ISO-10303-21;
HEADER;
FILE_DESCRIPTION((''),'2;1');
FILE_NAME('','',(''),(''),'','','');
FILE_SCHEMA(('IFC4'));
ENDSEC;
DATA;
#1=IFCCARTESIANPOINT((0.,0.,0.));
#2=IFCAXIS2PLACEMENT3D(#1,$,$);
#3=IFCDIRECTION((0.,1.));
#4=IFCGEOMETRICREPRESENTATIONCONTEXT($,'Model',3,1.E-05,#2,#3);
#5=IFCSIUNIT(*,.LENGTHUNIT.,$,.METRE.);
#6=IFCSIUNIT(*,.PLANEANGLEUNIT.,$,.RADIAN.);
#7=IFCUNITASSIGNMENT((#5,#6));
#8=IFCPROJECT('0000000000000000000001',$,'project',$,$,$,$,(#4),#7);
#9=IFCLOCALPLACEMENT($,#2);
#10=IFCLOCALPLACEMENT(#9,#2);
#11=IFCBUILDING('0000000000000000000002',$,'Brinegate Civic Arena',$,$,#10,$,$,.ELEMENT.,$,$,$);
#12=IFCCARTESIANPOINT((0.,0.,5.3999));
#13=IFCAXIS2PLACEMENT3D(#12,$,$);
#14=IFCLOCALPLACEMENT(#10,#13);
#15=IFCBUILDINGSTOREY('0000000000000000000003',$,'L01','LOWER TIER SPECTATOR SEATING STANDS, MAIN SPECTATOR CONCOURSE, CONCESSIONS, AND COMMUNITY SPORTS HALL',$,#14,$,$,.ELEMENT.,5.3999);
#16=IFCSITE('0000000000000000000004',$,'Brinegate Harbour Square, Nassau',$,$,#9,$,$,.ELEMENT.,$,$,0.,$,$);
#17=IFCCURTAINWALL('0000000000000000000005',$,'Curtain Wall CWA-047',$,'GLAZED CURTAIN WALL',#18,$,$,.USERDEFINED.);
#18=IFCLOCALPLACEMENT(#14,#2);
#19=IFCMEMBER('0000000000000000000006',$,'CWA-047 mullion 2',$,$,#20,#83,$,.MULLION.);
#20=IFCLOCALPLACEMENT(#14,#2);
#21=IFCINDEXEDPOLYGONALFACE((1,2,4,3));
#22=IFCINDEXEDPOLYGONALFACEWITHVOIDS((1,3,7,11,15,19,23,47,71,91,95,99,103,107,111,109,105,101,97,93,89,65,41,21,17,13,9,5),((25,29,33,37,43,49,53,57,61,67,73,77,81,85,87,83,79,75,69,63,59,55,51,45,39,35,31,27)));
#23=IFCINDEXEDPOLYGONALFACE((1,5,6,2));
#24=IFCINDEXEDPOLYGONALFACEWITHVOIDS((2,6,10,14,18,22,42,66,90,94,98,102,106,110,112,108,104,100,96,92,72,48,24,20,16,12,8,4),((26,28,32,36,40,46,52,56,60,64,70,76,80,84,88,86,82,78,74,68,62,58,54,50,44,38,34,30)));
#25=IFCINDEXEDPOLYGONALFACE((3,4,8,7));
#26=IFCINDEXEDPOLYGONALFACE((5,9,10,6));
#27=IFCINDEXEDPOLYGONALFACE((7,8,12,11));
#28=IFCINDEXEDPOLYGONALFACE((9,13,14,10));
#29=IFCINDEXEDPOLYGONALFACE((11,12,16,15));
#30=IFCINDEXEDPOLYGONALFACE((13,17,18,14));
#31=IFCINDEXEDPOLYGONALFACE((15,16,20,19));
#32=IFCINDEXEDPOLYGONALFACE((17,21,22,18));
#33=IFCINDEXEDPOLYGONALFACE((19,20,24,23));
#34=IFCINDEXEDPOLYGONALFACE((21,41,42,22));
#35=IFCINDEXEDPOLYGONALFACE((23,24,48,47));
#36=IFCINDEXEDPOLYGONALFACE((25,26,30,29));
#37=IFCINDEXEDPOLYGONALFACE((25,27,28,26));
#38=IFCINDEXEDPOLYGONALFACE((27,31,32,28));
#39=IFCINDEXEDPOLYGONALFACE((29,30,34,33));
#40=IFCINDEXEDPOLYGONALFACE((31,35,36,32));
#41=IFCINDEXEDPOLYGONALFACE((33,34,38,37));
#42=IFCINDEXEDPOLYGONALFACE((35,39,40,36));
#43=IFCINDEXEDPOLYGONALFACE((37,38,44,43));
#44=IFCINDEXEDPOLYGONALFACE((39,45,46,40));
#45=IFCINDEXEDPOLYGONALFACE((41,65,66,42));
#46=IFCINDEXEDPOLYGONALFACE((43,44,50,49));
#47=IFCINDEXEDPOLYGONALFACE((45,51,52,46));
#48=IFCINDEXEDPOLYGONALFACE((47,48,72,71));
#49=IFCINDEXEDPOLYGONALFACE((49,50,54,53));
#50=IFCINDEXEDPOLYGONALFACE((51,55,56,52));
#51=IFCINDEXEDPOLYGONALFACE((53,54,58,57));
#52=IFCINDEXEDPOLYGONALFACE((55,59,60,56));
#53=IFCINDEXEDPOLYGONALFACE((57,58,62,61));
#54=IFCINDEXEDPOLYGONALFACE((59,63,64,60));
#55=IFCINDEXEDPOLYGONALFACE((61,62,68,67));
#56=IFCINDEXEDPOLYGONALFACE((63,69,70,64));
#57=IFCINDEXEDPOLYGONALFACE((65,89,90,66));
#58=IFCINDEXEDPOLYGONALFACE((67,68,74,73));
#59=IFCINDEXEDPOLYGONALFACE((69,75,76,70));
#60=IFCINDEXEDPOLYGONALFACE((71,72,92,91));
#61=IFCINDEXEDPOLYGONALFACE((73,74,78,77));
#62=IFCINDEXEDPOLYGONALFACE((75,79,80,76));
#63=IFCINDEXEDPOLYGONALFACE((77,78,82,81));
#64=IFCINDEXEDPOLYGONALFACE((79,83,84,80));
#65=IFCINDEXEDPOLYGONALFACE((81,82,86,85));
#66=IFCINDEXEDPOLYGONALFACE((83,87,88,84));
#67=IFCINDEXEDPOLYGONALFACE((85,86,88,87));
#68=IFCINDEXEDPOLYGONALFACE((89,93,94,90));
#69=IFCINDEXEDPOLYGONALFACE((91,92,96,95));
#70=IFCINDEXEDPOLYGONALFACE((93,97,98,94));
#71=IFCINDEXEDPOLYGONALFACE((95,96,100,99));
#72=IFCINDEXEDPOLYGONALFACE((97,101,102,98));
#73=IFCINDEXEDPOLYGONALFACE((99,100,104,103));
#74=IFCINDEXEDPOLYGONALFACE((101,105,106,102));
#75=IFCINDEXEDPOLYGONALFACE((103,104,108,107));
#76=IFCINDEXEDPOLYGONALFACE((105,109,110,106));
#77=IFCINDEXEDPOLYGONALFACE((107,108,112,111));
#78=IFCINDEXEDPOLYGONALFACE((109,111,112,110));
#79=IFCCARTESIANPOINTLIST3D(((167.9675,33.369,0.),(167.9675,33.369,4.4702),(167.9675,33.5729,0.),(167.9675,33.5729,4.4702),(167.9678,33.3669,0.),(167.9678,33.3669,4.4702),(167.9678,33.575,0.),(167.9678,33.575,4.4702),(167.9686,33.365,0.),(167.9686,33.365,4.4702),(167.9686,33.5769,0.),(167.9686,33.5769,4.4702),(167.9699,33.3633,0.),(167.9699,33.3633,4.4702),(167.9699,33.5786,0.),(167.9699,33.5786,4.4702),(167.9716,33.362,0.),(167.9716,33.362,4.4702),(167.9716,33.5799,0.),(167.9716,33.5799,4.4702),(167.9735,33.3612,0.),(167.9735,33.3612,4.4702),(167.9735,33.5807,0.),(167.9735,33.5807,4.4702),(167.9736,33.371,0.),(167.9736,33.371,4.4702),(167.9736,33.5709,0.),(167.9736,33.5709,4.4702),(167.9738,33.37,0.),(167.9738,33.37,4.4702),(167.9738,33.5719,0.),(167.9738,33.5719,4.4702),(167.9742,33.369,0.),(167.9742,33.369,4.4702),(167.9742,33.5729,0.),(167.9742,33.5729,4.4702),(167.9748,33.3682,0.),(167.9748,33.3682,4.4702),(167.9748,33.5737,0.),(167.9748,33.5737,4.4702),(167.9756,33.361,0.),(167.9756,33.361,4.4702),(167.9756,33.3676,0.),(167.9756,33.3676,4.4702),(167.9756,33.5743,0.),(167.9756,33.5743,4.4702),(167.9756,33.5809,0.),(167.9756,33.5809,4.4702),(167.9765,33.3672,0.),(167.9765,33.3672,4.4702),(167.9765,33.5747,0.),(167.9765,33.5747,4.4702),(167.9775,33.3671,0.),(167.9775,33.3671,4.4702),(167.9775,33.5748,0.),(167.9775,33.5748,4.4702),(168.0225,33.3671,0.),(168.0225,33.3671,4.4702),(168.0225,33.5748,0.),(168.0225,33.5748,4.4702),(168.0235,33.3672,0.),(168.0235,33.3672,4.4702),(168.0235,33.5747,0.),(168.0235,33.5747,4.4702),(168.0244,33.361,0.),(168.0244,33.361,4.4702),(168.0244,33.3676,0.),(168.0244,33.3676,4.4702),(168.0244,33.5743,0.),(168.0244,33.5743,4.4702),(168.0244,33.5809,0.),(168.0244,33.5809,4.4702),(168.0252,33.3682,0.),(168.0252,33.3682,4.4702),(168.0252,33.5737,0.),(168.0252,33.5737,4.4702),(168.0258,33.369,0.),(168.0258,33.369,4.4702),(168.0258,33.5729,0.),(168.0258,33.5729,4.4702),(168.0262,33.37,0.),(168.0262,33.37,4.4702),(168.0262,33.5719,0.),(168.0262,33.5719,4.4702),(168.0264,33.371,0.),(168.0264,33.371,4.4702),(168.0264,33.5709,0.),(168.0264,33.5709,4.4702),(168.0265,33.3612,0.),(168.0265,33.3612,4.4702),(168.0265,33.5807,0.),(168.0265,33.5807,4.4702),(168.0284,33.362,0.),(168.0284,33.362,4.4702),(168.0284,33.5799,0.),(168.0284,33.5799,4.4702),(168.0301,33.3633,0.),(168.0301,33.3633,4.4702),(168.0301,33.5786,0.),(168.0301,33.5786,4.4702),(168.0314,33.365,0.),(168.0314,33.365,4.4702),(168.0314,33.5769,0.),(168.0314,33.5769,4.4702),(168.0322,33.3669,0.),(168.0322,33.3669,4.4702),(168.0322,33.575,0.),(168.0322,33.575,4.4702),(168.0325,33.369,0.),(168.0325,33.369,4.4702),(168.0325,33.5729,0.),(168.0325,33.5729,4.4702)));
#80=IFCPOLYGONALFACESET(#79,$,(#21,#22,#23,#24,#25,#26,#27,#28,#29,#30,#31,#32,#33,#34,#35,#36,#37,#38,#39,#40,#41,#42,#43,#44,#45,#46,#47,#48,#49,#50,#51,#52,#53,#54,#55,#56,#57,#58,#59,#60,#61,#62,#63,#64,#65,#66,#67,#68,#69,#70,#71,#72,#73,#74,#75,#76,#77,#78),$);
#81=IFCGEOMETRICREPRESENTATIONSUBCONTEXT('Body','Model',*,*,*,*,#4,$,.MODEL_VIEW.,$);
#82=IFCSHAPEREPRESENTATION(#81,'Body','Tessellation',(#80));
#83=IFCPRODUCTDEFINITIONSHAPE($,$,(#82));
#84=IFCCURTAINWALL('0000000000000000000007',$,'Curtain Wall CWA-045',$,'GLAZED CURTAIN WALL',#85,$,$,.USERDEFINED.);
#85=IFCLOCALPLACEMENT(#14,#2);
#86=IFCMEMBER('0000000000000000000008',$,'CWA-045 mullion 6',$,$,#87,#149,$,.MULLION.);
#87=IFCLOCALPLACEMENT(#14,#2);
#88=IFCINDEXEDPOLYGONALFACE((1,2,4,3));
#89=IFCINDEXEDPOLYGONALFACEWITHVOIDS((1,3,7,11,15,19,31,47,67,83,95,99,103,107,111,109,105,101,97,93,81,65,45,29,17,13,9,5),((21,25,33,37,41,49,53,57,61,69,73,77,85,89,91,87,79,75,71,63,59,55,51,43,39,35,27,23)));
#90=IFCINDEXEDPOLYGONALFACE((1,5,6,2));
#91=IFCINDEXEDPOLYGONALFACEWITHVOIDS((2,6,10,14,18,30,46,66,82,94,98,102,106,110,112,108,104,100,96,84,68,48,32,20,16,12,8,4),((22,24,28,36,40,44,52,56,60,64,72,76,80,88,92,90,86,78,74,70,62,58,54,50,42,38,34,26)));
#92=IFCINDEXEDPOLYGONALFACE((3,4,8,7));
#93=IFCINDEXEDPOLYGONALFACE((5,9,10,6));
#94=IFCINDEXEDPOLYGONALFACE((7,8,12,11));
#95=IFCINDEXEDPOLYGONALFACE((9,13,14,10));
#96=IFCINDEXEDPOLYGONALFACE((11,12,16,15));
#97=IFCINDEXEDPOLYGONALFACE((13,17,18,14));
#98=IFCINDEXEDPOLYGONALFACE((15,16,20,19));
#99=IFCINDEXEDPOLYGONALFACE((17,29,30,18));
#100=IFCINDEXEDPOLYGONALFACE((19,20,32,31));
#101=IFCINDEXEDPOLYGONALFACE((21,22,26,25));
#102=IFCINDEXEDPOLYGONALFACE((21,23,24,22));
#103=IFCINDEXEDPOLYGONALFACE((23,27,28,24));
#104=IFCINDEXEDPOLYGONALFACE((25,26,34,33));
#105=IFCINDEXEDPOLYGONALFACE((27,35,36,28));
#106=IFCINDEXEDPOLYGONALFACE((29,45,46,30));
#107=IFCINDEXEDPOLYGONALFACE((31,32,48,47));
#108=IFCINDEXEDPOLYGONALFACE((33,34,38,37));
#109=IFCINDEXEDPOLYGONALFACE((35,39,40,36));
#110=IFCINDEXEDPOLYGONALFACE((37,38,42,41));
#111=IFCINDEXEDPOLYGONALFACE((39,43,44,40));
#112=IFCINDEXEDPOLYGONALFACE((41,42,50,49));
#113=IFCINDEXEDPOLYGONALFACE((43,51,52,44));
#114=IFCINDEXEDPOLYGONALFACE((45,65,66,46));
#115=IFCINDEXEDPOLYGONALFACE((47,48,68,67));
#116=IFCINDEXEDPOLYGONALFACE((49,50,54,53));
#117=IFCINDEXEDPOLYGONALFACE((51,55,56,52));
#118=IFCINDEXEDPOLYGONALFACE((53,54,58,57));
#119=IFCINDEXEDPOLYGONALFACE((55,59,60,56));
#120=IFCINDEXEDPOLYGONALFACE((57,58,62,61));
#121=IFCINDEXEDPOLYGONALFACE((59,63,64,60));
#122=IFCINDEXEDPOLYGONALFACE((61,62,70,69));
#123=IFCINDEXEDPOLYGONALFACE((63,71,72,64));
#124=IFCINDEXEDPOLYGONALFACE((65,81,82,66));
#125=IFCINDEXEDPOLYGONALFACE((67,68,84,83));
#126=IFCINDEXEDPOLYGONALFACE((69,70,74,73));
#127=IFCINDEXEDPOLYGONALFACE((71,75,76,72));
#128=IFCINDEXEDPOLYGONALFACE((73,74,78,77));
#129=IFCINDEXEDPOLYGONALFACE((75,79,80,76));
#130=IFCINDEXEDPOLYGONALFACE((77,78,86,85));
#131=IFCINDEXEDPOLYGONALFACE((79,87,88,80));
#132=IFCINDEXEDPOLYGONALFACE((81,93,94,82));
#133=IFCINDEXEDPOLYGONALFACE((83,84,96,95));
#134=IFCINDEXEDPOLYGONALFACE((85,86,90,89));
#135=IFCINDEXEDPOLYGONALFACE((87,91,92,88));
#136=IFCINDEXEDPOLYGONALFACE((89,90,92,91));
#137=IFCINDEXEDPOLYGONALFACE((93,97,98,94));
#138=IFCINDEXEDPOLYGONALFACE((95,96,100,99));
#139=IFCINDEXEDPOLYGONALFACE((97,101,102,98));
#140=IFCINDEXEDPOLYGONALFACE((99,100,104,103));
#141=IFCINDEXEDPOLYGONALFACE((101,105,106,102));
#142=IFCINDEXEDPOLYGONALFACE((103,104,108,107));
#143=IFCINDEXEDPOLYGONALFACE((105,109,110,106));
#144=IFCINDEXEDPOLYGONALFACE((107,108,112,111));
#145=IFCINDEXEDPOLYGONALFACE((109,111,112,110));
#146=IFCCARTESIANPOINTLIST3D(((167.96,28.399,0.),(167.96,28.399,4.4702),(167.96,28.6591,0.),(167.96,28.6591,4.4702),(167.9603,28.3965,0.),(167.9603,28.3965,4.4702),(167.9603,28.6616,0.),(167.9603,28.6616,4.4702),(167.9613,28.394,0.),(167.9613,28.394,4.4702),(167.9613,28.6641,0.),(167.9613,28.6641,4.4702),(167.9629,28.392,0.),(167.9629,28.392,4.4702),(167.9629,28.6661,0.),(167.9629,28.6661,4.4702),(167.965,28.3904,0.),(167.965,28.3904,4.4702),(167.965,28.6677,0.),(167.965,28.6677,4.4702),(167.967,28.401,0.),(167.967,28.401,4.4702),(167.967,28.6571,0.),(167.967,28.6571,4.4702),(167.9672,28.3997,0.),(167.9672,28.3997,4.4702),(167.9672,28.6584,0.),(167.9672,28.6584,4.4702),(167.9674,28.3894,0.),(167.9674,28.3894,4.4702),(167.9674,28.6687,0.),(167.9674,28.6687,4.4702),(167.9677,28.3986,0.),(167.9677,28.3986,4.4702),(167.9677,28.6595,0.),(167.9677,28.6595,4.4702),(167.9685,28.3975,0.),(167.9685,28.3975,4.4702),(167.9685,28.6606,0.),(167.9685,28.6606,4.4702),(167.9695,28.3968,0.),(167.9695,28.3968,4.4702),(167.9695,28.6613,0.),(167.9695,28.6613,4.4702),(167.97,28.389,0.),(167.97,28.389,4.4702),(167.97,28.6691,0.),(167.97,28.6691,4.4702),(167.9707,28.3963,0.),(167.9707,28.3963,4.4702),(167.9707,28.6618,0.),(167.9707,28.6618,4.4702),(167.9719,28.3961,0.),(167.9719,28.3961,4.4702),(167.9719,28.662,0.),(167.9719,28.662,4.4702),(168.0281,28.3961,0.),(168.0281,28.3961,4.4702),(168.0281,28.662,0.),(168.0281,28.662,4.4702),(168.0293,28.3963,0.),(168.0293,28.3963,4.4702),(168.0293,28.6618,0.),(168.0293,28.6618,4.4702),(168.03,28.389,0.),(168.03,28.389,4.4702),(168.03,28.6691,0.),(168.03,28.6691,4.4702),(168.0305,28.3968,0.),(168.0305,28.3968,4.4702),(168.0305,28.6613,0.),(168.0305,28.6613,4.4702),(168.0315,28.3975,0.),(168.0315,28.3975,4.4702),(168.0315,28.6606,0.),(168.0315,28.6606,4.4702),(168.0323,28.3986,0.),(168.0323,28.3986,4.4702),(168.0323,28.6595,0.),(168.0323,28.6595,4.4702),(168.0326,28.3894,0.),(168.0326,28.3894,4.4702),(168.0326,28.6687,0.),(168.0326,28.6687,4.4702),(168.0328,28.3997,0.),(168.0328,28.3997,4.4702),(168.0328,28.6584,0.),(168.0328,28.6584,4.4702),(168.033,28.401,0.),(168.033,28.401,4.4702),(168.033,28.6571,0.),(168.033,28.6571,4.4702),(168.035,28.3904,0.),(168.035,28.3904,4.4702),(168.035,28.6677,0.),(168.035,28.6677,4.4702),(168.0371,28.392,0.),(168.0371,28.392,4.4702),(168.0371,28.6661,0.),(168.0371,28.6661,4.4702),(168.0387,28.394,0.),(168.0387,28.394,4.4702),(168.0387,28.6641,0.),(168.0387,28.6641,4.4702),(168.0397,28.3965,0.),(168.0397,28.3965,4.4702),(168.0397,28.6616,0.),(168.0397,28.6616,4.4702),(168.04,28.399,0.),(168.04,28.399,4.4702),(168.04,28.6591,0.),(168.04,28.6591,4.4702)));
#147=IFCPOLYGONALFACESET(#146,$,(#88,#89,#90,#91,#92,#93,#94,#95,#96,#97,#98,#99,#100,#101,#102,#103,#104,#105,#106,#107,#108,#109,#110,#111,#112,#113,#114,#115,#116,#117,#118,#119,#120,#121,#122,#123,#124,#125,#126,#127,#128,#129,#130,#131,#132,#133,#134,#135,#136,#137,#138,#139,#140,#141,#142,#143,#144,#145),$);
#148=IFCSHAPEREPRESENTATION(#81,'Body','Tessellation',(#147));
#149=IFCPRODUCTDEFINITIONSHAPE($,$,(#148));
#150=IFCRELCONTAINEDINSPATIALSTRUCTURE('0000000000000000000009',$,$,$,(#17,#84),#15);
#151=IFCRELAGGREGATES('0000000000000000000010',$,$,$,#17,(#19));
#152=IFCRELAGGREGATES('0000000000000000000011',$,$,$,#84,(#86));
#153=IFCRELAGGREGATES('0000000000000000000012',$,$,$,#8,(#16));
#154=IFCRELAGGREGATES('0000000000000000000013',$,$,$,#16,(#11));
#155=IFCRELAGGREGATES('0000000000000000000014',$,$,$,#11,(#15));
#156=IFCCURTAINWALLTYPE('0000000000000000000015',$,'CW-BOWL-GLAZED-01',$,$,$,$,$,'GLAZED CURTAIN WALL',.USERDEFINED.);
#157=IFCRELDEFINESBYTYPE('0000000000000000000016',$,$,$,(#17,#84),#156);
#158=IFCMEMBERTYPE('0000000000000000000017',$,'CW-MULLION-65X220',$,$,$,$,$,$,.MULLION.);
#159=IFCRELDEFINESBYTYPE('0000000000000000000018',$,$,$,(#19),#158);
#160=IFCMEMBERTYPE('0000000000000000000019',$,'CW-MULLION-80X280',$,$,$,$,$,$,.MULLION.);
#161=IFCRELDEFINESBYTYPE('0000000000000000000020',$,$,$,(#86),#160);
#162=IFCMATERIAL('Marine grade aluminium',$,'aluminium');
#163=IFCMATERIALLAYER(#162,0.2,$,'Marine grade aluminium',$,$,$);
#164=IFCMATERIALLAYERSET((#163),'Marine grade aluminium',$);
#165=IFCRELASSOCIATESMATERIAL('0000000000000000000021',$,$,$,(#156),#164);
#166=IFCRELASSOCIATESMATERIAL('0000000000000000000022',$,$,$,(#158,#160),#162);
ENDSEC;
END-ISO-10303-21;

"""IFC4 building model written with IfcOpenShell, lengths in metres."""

from ifc_helpers import new_model, si_unit, direction, frame, origin, origin_2d, place, context, subcontext, project, spatial, hollow_rectangle, extrude, material, layer, layer_set, material_profile, profile_set, type_object, element, aggregate, save


model = new_model("IFC4")

# Units and contexts
model_context = context("Model", 3, precision=1e-05, world=origin(), true_north=direction((0.0, 1.0)))
body_context = subcontext(model_context, "Body", "Model", "MODEL_VIEW")
ifc_project = project(units=[si_unit("LENGTHUNIT", "METRE"), si_unit("PLANEANGLEUNIT", "RADIAN")], contexts=[model_context])

# Site, building, storey
site_placement = place(None, origin())
site = spatial("IfcSite", under=ifc_project, at=site_placement, Name="Brinegate Harbour Square, Nassau", CompositionType="ELEMENT", RefElevation=0.0)
building_placement = place(site_placement, origin())
building = spatial("IfcBuilding", under=site, at=building_placement, Name="Brinegate Civic Arena", CompositionType="ELEMENT")
storey_placement = place(building_placement, frame((0.0, 0.0, 5.3999)))
storey = spatial("IfcBuildingStorey", under=building, at=storey_placement, Name="L01", Description="LOWER TIER SPECTATOR SEATING STANDS, MAIN SPECTATOR CONCOURSE, CONCESSIONS, AND COMMUNITY SPORTS HALL", CompositionType="ELEMENT", Elevation=5.3999)

# Curtain walls, members
ifc_material_1 = material(Name="Marine grade aluminium", Category="aluminium")
ifc_layer_1 = layer(ifc_material_1, 0.2, Name="Marine grade aluminium")
ifc_layer_set_1 = layer_set([ifc_layer_1], Name="Marine grade aluminium")
curtain_wall_type = type_object("IfcCurtainWallType", Name="CW-BOWL-GLAZED-01", ElementType="GLAZED CURTAIN WALL", PredefinedType="USERDEFINED", material=ifc_layer_set_1)
curtain_wall_1_placement = place(storey_placement, origin())
curtain_wall_1 = element("IfcCurtainWall", 1, at=curtain_wall_1_placement, inside=storey, type_object=curtain_wall_type, Name="Curtain Wall CWA-047", ObjectType="GLAZED CURTAIN WALL", PredefinedType="USERDEFINED")
ifc_material_profile_1 = material_profile(ifc_material_1, hollow_rectangle(XDim=0.0649, YDim=0.22, WallThickness=0.0061, InnerFilletRadius=0.0039, OuterFilletRadius=0.0081, at=origin_2d()), Name="MUL65X220")
ifc_profile_set_1 = profile_set([ifc_material_profile_1], Name="Marine grade aluminium")
member_type_1 = type_object("IfcMemberType", Name="CW-MULLION-65X220", PredefinedType="MULLION", material=ifc_profile_set_1)
member_1_placement = place(storey_placement, frame((168.0, 33.4709, 0.0), z_axis=(0.0, 0.0, 1.0), x_axis=(-1.0, 0.0, 0.0)))
member_1 = element("IfcMember", 2, at=member_1_placement, type_object=member_type_1, Name="CWA-047 mullion 2", PredefinedType="MULLION", context=body_context, shape_type="SweptSolid", body=[
    extrude(hollow_rectangle(XDim=0.0649, YDim=0.22, WallThickness=0.0061, InnerFilletRadius=0.0039, OuterFilletRadius=0.0081, at=origin_2d()), origin(), (0.0, 0.0, 1.0), 4.4702),
])
curtain_wall_2_placement = place(storey_placement, origin())
curtain_wall_2 = element("IfcCurtainWall", 3, at=curtain_wall_2_placement, inside=storey, type_object=curtain_wall_type, Name="Curtain Wall CWA-045", ObjectType="GLAZED CURTAIN WALL", PredefinedType="USERDEFINED")
ifc_material_profile_2 = material_profile(ifc_material_1, hollow_rectangle(XDim=0.0801, YDim=0.28, WallThickness=0.0071, InnerFilletRadius=0.0049, OuterFilletRadius=0.01, at=origin_2d()), Name="MUL80X280")
ifc_profile_set_2 = profile_set([ifc_material_profile_2], Name="Marine grade aluminium")
member_type_2 = type_object("IfcMemberType", Name="CW-MULLION-80X280", PredefinedType="MULLION", material=ifc_profile_set_2)
member_2_placement = place(storey_placement, frame((168.0, 28.5291, 0.0), z_axis=(0.0, 0.0, 1.0), x_axis=(-1.0, 0.0, 0.0)))
member_2 = element("IfcMember", 4, at=member_2_placement, type_object=member_type_2, Name="CWA-045 mullion 6", PredefinedType="MULLION", context=body_context, shape_type="SweptSolid", body=[
    extrude(hollow_rectangle(XDim=0.0801, YDim=0.28, WallThickness=0.0071, InnerFilletRadius=0.0049, OuterFilletRadius=0.01, at=origin_2d()), origin(), (0.0, 0.0, 1.0), 4.4702),
])

aggregate(curtain_wall_1, [member_1])
aggregate(curtain_wall_2, [member_2])

save(model, "model.ifc")
